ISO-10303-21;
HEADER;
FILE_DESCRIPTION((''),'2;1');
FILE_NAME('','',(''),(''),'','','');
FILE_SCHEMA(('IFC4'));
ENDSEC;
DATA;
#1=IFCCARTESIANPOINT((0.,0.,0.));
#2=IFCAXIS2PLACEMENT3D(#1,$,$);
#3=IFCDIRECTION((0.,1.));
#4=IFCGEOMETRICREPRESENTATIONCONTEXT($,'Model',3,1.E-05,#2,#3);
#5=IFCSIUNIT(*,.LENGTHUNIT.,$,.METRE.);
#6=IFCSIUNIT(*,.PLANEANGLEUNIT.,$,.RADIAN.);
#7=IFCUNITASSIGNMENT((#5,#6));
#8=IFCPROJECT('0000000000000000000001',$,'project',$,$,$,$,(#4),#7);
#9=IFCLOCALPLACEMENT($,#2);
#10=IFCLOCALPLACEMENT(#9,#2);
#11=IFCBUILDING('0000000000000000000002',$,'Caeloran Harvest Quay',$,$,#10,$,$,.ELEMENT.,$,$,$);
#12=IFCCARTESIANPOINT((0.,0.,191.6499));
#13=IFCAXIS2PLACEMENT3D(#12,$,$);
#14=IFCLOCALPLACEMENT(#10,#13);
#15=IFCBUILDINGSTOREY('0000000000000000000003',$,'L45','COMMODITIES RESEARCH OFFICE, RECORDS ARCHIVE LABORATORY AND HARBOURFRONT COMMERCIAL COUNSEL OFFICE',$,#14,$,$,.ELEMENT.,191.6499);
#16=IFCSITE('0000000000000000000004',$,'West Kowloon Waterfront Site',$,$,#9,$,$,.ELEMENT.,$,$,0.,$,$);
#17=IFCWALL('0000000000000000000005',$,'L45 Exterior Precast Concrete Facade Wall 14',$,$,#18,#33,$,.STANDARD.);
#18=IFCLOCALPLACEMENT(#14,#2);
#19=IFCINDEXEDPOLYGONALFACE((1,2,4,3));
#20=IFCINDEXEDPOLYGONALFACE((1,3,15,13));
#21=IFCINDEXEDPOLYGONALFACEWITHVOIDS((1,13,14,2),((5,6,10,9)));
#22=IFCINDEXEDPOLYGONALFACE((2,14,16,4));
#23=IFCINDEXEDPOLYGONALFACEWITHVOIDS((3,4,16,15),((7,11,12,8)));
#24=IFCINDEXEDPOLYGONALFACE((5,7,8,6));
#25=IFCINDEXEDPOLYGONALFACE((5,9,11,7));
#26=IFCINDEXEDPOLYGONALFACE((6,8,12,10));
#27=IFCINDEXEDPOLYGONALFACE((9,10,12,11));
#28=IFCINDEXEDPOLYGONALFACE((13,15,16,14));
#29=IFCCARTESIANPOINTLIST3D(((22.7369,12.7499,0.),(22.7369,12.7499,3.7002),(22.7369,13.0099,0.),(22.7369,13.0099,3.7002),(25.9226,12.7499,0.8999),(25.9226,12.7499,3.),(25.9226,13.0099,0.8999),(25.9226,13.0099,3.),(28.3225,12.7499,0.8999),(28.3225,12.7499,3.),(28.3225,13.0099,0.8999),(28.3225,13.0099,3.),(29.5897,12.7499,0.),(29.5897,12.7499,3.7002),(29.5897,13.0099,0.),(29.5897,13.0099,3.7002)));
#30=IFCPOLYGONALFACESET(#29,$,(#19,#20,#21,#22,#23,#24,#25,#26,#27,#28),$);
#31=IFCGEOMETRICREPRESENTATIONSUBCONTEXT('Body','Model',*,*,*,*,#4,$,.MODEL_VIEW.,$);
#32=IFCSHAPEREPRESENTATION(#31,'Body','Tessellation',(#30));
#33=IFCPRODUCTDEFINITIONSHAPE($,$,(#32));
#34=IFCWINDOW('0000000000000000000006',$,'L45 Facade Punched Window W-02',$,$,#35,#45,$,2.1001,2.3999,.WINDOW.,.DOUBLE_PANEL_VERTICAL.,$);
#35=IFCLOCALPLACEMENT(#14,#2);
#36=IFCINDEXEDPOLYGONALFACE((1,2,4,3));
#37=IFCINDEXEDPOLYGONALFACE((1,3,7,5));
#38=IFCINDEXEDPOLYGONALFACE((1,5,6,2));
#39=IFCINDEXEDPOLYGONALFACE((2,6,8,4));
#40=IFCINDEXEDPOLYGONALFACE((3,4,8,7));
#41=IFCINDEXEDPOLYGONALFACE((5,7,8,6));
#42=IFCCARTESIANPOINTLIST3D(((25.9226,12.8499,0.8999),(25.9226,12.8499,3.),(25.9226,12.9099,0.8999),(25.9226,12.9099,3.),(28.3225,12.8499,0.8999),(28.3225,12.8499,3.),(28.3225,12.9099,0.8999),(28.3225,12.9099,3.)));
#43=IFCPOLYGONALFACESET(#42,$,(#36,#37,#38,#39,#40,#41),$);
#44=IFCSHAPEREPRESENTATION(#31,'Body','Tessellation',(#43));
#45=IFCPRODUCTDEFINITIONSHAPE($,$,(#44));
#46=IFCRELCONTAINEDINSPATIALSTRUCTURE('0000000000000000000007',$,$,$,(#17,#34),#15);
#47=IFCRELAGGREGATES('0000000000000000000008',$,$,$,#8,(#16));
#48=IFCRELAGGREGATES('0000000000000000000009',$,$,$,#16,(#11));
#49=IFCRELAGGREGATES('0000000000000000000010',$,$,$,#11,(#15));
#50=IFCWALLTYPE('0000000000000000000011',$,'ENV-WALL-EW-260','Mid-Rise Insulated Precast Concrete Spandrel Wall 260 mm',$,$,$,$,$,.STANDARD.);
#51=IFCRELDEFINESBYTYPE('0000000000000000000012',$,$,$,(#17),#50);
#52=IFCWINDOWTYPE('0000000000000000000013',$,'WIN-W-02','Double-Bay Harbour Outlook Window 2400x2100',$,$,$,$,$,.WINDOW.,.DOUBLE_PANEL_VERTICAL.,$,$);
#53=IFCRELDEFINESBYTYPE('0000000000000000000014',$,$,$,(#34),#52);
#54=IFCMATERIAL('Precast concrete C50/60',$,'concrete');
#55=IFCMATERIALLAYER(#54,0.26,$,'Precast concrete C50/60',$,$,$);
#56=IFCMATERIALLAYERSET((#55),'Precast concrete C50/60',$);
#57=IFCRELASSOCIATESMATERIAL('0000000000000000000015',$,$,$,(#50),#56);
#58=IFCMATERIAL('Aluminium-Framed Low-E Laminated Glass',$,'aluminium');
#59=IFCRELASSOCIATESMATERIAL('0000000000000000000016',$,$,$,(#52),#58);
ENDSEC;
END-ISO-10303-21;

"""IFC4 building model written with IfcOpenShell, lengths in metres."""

from ifc_helpers import new_model, si_unit, direction, frame, frame_2d, origin, place, context, subcontext, project, spatial, rectangle, extrude, material, layer, layer_set, type_object, element, fill, save


model = new_model("IFC4")

# Units and contexts
model_context = context("Model", 3, precision=1e-05, world=origin(), true_north=direction((0.0, 1.0)))
body_context = subcontext(model_context, "Body", "Model", "MODEL_VIEW")
ifc_project = project(units=[si_unit("LENGTHUNIT", "METRE"), si_unit("PLANEANGLEUNIT", "RADIAN")], contexts=[model_context])

# Site, building, storey
site_placement = place(None, origin())
site = spatial("IfcSite", under=ifc_project, at=site_placement, Name="West Kowloon Waterfront Site", CompositionType="ELEMENT", RefElevation=0.0)
building_placement = place(site_placement, origin())
building = spatial("IfcBuilding", under=site, at=building_placement, Name="Caeloran Harvest Quay", CompositionType="ELEMENT")
storey_placement = place(building_placement, frame((0.0, 0.0, 191.6499)))
storey = spatial("IfcBuildingStorey", under=building, at=storey_placement, Name="L45", Description="COMMODITIES RESEARCH OFFICE, RECORDS ARCHIVE LABORATORY AND HARBOURFRONT COMMERCIAL COUNSEL OFFICE", CompositionType="ELEMENT", Elevation=191.6499)

# Wall, opening, window
ifc_material_1 = material(Name="Precast concrete C50/60", Category="concrete")
ifc_layer_1 = layer(ifc_material_1, 0.26, Name="Precast concrete C50/60")
ifc_layer_set_1 = layer_set([ifc_layer_1], Name="Precast concrete C50/60")
wall_type = type_object("IfcWallType", Name="ENV-WALL-EW-260", Description="Mid-Rise Insulated Precast Concrete Spandrel Wall 260 mm", PredefinedType="STANDARD", material=ifc_layer_set_1)
wall_placement = place(storey_placement, frame((29.5896, 12.8799, 0.0), z_axis=(0.0, 0.0, 1.0), x_axis=(-1.0, 0.0, 0.0)))
wall = element("IfcWall", 1, at=wall_placement, inside=storey, type_object=wall_type, Name="L45 Exterior Precast Concrete Facade Wall 14", PredefinedType="STANDARD", context=body_context, shape_type="SweptSolid", body=[
    extrude(rectangle(XDim=6.8528, YDim=0.26, at=frame_2d((3.4263, 0.0))), origin(), (0.0, 0.0, 1.0), 3.7002),
])
opening_placement = place(wall_placement, frame((1.2671, 0.0, 0.8999)))
opening = element("IfcOpeningElement", 2, at=opening_placement, cuts=wall, PredefinedType="OPENING", context=body_context, shape_type="SweptSolid", body=[
    extrude(rectangle(XDim=2.3999, YDim=2.1001, at=frame_2d((1.2, 1.05))), frame((0.0, 0.1401, 0.0), z_axis=(0.0, -1.0, 0.0), x_axis=(1.0, 0.0, 0.0)), (0.0, 0.0, 1.0), 0.28),
])
ifc_material_2 = material(Name="Aluminium-Framed Low-E Laminated Glass", Category="aluminium")
window_type = type_object("IfcWindowType", Name="WIN-W-02", Description="Double-Bay Harbour Outlook Window 2400x2100", PartitioningType="DOUBLE_PANEL_VERTICAL", PredefinedType="WINDOW", material=ifc_material_2)
window_placement = place(opening_placement, origin())
window = element("IfcWindow", 3, at=window_placement, inside=storey, type_object=window_type, Name="L45 Facade Punched Window W-02", OverallHeight=2.1001, OverallWidth=2.3999, PartitioningType="DOUBLE_PANEL_VERTICAL", PredefinedType="WINDOW", context=body_context, shape_type="SweptSolid", body=[
    extrude(rectangle(XDim=2.3999, YDim=2.1001, at=frame_2d((1.2, 1.05))), frame((0.0, 0.03, 0.0), z_axis=(0.0, -1.0, 0.0), x_axis=(1.0, 0.0, 0.0)), (0.0, 0.0, 1.0), 0.0601),
])
fill(opening, window)

save(model, "model.ifc")
